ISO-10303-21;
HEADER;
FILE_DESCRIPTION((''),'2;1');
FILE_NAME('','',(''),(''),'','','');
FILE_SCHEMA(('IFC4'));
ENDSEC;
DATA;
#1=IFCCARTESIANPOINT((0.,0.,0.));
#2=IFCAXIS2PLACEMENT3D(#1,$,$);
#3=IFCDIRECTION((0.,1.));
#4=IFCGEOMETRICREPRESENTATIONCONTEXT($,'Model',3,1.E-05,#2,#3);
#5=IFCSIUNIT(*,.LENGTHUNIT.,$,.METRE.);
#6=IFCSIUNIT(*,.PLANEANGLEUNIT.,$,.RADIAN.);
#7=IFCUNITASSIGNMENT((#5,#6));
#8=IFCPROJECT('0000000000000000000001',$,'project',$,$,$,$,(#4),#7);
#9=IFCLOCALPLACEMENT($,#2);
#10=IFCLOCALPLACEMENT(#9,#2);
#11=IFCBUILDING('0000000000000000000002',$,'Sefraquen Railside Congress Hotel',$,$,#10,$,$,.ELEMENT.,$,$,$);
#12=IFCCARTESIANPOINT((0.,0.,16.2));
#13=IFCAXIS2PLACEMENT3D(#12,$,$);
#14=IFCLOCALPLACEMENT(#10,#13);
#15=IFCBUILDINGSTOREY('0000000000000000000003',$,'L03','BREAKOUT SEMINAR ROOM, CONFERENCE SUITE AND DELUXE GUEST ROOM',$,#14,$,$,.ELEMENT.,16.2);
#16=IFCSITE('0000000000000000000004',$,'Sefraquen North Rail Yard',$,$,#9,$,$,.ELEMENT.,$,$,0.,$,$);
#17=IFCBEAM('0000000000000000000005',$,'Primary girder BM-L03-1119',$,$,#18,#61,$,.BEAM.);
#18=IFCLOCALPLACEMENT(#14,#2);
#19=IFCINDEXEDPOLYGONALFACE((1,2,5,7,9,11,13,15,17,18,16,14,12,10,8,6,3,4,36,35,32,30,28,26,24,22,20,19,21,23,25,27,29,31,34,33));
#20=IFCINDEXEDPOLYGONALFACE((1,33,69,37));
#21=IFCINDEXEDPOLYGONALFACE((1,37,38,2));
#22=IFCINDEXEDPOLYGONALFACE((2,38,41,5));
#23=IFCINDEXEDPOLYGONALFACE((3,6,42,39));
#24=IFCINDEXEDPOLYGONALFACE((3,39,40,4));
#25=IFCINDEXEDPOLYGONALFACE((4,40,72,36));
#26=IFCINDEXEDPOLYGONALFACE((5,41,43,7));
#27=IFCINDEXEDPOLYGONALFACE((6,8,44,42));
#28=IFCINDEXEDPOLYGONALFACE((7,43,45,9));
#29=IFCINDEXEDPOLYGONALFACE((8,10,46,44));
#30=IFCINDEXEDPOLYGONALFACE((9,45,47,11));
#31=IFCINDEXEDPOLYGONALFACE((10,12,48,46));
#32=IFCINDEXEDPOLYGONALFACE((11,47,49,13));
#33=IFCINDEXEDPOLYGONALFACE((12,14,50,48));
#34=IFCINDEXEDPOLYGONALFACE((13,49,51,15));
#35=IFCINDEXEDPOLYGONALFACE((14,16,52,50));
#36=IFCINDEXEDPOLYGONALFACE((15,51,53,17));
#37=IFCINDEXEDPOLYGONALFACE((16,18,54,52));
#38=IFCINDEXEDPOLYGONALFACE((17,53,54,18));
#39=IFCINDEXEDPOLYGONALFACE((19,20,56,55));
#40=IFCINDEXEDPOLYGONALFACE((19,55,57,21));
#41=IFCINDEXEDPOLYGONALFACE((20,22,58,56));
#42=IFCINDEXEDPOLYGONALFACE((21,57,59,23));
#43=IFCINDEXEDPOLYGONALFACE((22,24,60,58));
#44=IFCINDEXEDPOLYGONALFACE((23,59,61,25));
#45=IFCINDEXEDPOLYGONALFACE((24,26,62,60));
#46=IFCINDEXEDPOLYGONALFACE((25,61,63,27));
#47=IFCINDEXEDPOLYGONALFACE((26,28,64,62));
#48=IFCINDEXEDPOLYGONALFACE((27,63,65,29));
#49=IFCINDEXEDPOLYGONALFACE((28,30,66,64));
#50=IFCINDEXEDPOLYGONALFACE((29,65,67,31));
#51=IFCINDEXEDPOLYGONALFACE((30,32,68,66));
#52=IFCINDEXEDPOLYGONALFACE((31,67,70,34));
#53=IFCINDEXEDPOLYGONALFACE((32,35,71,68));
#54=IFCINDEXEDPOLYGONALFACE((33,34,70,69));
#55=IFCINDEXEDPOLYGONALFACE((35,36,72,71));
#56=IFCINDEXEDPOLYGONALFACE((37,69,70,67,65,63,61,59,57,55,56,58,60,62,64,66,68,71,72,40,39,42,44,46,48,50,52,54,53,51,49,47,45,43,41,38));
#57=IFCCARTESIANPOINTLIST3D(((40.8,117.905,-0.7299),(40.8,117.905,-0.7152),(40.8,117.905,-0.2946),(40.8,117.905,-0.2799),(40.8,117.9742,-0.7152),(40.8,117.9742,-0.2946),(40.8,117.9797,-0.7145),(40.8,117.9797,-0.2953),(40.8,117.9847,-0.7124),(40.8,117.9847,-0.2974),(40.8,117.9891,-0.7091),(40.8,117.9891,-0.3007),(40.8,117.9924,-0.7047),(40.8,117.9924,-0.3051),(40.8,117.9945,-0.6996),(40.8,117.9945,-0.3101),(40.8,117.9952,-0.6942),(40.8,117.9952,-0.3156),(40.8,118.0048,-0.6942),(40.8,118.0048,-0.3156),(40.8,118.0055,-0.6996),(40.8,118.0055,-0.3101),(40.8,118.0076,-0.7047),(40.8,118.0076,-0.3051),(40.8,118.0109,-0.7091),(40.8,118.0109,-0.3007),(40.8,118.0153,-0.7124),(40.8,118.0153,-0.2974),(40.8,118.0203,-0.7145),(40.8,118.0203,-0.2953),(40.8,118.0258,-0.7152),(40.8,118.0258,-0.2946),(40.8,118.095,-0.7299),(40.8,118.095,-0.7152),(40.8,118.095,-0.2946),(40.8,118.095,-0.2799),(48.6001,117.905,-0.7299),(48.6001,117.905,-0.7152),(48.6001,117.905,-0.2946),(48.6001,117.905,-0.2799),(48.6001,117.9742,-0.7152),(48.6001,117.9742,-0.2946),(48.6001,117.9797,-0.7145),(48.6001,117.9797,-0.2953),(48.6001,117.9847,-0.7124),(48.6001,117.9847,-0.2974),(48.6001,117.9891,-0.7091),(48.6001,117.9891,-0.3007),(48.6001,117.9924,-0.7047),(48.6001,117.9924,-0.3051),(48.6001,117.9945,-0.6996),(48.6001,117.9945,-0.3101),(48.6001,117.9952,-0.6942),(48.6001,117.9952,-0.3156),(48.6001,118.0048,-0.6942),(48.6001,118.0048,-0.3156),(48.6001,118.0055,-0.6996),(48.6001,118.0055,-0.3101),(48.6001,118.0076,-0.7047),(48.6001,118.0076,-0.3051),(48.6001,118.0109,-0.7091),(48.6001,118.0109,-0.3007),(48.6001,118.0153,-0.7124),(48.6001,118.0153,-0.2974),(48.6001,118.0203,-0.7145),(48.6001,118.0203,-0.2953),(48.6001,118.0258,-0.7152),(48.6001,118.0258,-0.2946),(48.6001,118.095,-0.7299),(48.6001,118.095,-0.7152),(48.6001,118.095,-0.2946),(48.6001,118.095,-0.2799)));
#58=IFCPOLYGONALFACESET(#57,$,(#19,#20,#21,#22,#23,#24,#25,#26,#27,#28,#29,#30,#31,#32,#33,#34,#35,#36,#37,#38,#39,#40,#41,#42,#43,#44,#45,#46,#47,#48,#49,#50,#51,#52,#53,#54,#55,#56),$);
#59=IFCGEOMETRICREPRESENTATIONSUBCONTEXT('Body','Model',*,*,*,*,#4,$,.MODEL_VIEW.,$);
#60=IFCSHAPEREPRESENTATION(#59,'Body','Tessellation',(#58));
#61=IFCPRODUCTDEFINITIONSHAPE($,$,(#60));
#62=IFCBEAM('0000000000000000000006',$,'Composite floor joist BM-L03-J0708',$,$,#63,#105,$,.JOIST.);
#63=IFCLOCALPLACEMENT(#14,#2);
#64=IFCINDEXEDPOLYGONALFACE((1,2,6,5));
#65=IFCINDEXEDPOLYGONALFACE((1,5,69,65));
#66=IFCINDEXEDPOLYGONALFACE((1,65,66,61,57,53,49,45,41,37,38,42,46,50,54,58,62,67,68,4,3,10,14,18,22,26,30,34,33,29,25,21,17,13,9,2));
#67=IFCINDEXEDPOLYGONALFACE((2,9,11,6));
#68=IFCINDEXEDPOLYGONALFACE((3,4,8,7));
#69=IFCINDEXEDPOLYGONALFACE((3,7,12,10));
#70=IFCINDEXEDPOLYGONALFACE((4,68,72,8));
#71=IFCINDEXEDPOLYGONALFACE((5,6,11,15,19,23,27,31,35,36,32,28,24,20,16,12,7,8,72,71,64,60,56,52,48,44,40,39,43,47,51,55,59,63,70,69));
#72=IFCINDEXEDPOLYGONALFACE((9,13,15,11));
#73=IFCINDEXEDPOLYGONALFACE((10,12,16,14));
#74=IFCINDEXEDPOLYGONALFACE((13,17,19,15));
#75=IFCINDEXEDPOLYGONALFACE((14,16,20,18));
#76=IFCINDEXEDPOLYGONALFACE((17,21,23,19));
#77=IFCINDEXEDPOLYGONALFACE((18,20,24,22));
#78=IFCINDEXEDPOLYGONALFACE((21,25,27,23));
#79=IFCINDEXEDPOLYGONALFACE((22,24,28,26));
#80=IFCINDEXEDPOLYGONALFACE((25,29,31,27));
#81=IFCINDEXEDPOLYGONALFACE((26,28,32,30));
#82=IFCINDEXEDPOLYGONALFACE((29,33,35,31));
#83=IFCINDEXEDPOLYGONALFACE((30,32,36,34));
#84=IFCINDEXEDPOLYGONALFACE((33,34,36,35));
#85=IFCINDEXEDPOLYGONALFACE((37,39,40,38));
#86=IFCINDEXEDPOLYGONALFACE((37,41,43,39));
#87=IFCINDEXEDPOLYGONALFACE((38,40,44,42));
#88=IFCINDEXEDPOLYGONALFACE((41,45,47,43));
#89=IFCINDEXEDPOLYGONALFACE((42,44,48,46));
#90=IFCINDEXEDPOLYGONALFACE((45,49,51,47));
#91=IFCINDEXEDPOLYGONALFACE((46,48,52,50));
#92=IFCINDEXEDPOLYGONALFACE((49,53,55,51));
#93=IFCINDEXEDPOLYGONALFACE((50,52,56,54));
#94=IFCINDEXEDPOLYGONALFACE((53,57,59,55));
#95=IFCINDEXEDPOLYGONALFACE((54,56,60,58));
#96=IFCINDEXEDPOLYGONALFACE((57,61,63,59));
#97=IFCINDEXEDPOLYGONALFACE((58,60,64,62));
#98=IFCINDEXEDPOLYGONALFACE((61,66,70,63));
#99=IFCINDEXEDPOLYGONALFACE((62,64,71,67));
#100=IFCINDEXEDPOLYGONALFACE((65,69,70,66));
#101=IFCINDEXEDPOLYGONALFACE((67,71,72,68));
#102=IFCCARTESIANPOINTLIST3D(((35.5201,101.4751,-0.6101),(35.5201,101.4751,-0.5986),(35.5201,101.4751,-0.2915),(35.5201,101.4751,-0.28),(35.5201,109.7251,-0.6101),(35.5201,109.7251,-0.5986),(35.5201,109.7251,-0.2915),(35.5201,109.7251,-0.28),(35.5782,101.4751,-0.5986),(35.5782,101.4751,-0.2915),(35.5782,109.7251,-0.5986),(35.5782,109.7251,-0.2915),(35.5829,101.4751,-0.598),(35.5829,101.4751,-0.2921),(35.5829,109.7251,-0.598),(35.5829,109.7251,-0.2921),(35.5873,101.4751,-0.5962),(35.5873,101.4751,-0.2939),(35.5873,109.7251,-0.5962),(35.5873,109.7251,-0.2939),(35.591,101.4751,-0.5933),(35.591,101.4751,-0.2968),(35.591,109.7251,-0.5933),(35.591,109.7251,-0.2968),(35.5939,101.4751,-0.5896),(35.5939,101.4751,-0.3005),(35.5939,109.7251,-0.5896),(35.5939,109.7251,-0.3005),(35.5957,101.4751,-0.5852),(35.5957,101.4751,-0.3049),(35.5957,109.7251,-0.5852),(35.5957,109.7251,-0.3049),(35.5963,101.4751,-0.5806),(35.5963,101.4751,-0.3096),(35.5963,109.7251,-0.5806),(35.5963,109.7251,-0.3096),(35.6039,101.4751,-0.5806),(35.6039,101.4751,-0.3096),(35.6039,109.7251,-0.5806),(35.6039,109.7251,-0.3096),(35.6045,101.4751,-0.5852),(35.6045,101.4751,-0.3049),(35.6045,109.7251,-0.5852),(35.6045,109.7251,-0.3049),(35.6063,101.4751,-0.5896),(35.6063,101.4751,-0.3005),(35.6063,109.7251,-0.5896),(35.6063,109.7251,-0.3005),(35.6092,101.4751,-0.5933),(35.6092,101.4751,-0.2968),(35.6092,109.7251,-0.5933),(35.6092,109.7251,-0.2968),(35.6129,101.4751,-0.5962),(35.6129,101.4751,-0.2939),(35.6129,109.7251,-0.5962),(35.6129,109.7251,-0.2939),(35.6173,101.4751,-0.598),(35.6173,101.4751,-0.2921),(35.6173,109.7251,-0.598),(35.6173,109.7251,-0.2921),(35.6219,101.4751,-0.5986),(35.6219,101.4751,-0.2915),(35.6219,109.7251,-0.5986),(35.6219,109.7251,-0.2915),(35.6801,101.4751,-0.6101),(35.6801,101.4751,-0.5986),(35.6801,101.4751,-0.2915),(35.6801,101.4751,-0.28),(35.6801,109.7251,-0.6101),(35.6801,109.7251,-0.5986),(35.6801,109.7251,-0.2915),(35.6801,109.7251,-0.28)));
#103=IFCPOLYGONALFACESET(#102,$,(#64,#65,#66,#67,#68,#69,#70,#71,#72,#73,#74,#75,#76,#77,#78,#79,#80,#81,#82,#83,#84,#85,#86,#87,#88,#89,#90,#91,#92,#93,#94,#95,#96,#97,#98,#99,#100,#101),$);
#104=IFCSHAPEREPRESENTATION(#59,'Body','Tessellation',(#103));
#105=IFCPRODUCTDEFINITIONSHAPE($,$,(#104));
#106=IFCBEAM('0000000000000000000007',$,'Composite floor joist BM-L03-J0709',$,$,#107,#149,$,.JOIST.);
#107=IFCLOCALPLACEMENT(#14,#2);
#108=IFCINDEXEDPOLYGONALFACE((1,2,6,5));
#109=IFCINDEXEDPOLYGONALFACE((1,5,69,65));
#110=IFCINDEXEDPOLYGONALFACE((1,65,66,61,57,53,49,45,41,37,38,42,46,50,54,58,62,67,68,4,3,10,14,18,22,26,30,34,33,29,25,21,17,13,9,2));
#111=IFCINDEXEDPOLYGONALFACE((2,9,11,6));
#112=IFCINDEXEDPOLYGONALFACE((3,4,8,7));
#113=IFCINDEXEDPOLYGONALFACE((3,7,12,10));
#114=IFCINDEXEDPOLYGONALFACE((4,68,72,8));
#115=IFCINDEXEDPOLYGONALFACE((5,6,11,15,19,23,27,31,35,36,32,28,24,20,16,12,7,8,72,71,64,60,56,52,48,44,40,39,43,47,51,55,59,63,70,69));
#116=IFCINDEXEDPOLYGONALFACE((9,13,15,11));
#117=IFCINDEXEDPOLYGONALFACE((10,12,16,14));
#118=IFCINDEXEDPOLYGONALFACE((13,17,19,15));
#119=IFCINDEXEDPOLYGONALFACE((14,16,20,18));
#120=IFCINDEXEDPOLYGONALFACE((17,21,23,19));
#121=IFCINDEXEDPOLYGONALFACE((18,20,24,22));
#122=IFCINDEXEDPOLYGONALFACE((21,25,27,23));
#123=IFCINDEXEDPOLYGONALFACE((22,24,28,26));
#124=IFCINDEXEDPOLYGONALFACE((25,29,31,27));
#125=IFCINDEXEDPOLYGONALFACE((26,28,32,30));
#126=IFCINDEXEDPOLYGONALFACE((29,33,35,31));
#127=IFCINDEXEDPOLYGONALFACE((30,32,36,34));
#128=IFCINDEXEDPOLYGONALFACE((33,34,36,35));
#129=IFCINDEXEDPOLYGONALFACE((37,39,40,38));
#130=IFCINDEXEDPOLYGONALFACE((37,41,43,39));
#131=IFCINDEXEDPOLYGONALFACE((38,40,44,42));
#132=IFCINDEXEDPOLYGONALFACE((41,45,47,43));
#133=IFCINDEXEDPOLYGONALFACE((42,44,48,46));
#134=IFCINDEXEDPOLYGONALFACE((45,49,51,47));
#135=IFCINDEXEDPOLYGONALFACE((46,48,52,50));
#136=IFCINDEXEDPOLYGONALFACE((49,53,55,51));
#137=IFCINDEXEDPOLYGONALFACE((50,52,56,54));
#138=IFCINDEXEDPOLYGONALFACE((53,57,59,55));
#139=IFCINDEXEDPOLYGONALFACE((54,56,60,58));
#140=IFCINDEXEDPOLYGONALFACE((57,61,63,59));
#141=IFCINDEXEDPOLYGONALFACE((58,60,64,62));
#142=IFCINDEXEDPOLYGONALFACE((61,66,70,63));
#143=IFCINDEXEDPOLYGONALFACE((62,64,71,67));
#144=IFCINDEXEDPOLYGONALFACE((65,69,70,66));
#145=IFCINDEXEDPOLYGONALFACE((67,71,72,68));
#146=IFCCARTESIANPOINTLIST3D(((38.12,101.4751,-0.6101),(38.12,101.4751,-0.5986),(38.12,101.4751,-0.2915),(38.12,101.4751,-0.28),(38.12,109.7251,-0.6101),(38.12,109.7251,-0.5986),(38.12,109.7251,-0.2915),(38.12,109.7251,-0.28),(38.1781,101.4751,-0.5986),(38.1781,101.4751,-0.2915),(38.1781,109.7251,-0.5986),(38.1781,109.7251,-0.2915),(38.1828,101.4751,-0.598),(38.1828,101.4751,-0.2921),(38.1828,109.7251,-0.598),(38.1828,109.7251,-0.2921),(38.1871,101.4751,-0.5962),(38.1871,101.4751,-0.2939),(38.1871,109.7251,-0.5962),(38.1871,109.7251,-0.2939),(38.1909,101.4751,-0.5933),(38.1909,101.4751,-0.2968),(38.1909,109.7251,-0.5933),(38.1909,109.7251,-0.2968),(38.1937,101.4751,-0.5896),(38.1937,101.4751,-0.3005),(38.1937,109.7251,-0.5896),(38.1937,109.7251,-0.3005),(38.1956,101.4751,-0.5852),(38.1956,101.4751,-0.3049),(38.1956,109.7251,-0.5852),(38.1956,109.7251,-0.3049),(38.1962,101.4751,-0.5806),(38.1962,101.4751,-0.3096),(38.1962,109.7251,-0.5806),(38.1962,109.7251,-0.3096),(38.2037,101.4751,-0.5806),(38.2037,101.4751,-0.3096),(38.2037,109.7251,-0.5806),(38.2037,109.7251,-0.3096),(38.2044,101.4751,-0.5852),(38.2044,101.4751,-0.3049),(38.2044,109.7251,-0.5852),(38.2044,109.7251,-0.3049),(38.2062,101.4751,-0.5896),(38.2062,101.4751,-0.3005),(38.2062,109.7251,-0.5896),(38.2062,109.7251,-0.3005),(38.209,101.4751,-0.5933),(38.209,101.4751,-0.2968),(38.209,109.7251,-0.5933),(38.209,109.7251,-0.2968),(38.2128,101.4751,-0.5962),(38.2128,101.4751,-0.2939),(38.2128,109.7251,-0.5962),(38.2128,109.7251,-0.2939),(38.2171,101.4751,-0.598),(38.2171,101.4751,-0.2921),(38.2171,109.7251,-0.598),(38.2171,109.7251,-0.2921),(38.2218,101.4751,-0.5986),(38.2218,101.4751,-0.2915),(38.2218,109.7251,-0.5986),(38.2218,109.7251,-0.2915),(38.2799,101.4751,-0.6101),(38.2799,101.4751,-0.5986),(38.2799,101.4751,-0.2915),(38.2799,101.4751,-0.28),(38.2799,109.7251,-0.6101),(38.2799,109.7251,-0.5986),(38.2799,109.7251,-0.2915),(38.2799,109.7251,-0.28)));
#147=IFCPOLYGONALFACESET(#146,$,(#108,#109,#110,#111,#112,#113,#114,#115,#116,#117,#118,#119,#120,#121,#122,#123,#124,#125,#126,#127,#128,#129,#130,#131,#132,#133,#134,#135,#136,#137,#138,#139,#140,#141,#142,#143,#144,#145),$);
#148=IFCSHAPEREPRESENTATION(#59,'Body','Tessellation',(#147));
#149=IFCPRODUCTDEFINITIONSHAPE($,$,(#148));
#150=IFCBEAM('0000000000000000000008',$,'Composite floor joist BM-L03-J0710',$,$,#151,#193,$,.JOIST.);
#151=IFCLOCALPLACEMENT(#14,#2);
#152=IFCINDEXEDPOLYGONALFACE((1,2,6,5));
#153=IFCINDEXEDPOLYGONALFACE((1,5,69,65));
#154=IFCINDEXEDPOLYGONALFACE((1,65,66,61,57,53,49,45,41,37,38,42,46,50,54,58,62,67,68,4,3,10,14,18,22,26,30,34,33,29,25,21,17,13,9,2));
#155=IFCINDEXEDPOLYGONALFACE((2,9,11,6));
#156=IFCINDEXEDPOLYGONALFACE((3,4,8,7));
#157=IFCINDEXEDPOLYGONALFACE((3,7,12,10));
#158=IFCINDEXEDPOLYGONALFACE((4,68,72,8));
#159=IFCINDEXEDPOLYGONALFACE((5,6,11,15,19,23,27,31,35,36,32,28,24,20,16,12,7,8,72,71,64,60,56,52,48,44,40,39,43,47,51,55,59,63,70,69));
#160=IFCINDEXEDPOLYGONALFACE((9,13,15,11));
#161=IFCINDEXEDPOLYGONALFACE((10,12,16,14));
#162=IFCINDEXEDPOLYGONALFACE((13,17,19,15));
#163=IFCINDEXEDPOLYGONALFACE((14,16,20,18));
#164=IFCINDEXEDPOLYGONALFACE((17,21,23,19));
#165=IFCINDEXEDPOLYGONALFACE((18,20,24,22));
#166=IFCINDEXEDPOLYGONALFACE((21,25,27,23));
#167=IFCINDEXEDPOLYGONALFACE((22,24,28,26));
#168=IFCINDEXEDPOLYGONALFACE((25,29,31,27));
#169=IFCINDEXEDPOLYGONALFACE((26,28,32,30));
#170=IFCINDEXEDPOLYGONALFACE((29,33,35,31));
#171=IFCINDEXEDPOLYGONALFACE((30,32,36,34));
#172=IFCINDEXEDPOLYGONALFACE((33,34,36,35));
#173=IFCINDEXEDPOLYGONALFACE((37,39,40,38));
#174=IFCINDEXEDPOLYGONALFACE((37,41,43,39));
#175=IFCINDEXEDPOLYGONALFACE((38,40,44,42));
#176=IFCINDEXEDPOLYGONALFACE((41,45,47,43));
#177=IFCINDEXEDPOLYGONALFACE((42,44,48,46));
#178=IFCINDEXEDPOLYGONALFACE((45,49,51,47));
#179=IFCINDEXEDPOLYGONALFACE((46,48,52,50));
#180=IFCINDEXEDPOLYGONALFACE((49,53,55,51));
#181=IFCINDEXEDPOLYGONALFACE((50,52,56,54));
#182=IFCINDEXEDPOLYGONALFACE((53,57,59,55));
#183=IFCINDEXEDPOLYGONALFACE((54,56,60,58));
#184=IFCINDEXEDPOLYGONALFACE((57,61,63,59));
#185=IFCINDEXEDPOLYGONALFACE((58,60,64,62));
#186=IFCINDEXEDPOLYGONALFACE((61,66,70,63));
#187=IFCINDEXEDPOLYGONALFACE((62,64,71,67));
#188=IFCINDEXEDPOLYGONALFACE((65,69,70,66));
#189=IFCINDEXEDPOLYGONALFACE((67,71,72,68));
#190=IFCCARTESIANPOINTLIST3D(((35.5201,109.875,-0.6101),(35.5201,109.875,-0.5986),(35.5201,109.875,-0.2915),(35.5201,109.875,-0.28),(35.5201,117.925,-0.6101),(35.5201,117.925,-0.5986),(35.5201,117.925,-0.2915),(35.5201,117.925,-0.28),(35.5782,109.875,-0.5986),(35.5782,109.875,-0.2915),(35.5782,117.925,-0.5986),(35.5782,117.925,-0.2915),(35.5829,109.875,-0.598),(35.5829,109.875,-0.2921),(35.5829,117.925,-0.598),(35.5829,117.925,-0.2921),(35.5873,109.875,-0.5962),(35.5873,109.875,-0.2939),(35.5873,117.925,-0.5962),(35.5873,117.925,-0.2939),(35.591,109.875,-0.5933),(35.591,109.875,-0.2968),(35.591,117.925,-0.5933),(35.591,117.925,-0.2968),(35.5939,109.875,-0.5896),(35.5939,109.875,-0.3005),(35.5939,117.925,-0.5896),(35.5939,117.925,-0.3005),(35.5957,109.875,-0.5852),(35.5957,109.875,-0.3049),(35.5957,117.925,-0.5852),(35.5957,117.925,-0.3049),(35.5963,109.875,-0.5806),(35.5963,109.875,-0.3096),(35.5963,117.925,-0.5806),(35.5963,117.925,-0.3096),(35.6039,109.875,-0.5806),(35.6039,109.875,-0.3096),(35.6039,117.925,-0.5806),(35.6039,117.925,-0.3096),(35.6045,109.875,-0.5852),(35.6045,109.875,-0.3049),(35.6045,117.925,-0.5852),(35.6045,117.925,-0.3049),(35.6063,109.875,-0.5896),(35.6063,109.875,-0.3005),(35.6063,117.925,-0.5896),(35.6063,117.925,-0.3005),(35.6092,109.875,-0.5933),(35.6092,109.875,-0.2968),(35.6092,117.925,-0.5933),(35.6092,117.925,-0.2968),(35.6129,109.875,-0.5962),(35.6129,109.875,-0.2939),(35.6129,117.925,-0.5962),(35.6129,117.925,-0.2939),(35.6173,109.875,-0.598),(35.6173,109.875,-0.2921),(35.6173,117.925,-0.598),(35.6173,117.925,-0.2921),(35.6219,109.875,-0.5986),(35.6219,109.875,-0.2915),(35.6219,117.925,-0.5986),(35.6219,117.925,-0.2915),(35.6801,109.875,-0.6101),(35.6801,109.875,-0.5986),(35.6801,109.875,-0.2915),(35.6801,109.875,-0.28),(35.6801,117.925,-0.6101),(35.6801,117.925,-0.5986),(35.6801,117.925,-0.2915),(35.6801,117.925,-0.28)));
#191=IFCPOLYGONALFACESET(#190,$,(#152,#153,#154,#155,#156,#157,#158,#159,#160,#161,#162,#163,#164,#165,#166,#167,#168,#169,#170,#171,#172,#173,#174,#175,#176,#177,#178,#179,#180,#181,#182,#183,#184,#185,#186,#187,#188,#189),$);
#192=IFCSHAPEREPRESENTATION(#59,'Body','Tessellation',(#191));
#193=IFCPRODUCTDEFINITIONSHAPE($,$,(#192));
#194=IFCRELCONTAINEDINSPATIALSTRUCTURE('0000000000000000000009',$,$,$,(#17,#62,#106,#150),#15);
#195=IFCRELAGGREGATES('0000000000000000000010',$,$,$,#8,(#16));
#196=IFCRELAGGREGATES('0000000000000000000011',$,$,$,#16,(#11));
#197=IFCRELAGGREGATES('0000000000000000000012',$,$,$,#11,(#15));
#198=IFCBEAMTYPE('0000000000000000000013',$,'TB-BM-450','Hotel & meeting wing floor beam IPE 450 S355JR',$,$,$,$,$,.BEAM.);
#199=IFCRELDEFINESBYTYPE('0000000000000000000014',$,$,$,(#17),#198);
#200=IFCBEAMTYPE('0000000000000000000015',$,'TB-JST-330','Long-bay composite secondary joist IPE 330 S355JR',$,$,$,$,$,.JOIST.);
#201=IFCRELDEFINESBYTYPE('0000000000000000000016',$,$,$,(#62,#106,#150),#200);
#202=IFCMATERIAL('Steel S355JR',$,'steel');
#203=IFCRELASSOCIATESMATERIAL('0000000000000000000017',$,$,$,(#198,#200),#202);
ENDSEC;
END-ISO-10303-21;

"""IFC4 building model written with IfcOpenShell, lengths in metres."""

from ifc_helpers import new_model, si_unit, direction, frame, origin, origin_2d, place, context, subcontext, project, spatial, i_section, extrude, material, material_profile, profile_set, type_object, element, save


model = new_model("IFC4")

# Units and contexts
model_context = context("Model", 3, precision=1e-05, world=origin(), true_north=direction((0.0, 1.0)))
body_context = subcontext(model_context, "Body", "Model", "MODEL_VIEW")
ifc_project = project(units=[si_unit("LENGTHUNIT", "METRE"), si_unit("PLANEANGLEUNIT", "RADIAN")], contexts=[model_context])

# Site, building, storey
site_placement = place(None, origin())
site = spatial("IfcSite", under=ifc_project, at=site_placement, Name="Sefraquen North Rail Yard", CompositionType="ELEMENT", RefElevation=0.0)
building_placement = place(site_placement, origin())
building = spatial("IfcBuilding", under=site, at=building_placement, Name="Sefraquen Railside Congress Hotel", CompositionType="ELEMENT")
storey_placement = place(building_placement, frame((0.0, 0.0, 16.2)))
storey = spatial("IfcBuildingStorey", under=building, at=storey_placement, Name="L03", Description="BREAKOUT SEMINAR ROOM, CONFERENCE SUITE AND DELUXE GUEST ROOM", CompositionType="ELEMENT", Elevation=16.2)

# Shared definitions
ifc_material_1 = material(Name="Steel S355JR", Category="steel")

# Beams
ifc_material_profile_1 = material_profile(ifc_material_1, i_section(OverallWidth=0.1899, OverallDepth=0.45, WebThickness=0.0095, FlangeThickness=0.0146, FilletRadius=0.021, at=origin_2d()), Name="IPE 450")
ifc_profile_set_1 = profile_set([ifc_material_profile_1], Name="Steel S355JR")
beam_type_1 = type_object("IfcBeamType", Name="TB-BM-450", Description="Hotel & meeting wing floor beam IPE 450 S355JR", PredefinedType="BEAM", material=ifc_profile_set_1)
for number, where, z_axis, x_axis, name in (
    (1, (40.8, 118.0, -0.5049), (1.0, 0.0, 0.0), (0.0, 1.0, 0.0), "Primary girder BM-L03-1119"),
):
    element("IfcBeam", number, at=place(storey_placement, frame(where, z_axis=z_axis, x_axis=x_axis)), inside=storey, type_object=beam_type_1, Name=name, PredefinedType="BEAM", context=body_context, shape_type="SweptSolid", body=[
        extrude(i_section(OverallWidth=0.1899, OverallDepth=0.45, WebThickness=0.0095, FlangeThickness=0.0146, FilletRadius=0.021, at=origin_2d()), origin(), (0.0, 0.0, 1.0), 7.8),
    ])
ifc_material_profile_2 = material_profile(ifc_material_1, i_section(OverallWidth=0.1599, OverallDepth=0.3301, WebThickness=0.0076, FlangeThickness=0.0115, FilletRadius=0.0181, at=origin_2d()), Name="IPE 330")
ifc_profile_set_2 = profile_set([ifc_material_profile_2], Name="Steel S355JR")
beam_type_2 = type_object("IfcBeamType", Name="TB-JST-330", Description="Long-bay composite secondary joist IPE 330 S355JR", PredefinedType="JOIST", material=ifc_profile_set_2)
for number, where, z_axis, x_axis, name in (
    (2, (35.6001, 101.4751, -0.4451), (0.0, 1.0, 0.0), (-1.0, 0.0, 0.0), "Composite floor joist BM-L03-J0708"),
    (3, (38.2, 101.4751, -0.4451), (0.0, 1.0, 0.0), (-1.0, 0.0, 0.0), "Composite floor joist BM-L03-J0709"),
):
    element("IfcBeam", number, at=place(storey_placement, frame(where, z_axis=z_axis, x_axis=x_axis)), inside=storey, type_object=beam_type_2, Name=name, PredefinedType="JOIST", context=body_context, shape_type="SweptSolid", body=[
        extrude(i_section(OverallWidth=0.1599, OverallDepth=0.3301, WebThickness=0.0076, FlangeThickness=0.0115, FilletRadius=0.0181, at=origin_2d()), origin(), (0.0, 0.0, 1.0), 8.25),
    ])
for number, where, z_axis, x_axis, name in (
    (4, (35.6001, 109.875, -0.4451), (0.0, 1.0, 0.0), (-1.0, 0.0, 0.0), "Composite floor joist BM-L03-J0710"),
):
    element("IfcBeam", number, at=place(storey_placement, frame(where, z_axis=z_axis, x_axis=x_axis)), inside=storey, type_object=beam_type_2, Name=name, PredefinedType="JOIST", context=body_context, shape_type="SweptSolid", body=[
        extrude(i_section(OverallWidth=0.1599, OverallDepth=0.3301, WebThickness=0.0076, FlangeThickness=0.0115, FilletRadius=0.0181, at=origin_2d()), origin(), (0.0, 0.0, 1.0), 8.05),
    ])

save(model, "model.ifc")
